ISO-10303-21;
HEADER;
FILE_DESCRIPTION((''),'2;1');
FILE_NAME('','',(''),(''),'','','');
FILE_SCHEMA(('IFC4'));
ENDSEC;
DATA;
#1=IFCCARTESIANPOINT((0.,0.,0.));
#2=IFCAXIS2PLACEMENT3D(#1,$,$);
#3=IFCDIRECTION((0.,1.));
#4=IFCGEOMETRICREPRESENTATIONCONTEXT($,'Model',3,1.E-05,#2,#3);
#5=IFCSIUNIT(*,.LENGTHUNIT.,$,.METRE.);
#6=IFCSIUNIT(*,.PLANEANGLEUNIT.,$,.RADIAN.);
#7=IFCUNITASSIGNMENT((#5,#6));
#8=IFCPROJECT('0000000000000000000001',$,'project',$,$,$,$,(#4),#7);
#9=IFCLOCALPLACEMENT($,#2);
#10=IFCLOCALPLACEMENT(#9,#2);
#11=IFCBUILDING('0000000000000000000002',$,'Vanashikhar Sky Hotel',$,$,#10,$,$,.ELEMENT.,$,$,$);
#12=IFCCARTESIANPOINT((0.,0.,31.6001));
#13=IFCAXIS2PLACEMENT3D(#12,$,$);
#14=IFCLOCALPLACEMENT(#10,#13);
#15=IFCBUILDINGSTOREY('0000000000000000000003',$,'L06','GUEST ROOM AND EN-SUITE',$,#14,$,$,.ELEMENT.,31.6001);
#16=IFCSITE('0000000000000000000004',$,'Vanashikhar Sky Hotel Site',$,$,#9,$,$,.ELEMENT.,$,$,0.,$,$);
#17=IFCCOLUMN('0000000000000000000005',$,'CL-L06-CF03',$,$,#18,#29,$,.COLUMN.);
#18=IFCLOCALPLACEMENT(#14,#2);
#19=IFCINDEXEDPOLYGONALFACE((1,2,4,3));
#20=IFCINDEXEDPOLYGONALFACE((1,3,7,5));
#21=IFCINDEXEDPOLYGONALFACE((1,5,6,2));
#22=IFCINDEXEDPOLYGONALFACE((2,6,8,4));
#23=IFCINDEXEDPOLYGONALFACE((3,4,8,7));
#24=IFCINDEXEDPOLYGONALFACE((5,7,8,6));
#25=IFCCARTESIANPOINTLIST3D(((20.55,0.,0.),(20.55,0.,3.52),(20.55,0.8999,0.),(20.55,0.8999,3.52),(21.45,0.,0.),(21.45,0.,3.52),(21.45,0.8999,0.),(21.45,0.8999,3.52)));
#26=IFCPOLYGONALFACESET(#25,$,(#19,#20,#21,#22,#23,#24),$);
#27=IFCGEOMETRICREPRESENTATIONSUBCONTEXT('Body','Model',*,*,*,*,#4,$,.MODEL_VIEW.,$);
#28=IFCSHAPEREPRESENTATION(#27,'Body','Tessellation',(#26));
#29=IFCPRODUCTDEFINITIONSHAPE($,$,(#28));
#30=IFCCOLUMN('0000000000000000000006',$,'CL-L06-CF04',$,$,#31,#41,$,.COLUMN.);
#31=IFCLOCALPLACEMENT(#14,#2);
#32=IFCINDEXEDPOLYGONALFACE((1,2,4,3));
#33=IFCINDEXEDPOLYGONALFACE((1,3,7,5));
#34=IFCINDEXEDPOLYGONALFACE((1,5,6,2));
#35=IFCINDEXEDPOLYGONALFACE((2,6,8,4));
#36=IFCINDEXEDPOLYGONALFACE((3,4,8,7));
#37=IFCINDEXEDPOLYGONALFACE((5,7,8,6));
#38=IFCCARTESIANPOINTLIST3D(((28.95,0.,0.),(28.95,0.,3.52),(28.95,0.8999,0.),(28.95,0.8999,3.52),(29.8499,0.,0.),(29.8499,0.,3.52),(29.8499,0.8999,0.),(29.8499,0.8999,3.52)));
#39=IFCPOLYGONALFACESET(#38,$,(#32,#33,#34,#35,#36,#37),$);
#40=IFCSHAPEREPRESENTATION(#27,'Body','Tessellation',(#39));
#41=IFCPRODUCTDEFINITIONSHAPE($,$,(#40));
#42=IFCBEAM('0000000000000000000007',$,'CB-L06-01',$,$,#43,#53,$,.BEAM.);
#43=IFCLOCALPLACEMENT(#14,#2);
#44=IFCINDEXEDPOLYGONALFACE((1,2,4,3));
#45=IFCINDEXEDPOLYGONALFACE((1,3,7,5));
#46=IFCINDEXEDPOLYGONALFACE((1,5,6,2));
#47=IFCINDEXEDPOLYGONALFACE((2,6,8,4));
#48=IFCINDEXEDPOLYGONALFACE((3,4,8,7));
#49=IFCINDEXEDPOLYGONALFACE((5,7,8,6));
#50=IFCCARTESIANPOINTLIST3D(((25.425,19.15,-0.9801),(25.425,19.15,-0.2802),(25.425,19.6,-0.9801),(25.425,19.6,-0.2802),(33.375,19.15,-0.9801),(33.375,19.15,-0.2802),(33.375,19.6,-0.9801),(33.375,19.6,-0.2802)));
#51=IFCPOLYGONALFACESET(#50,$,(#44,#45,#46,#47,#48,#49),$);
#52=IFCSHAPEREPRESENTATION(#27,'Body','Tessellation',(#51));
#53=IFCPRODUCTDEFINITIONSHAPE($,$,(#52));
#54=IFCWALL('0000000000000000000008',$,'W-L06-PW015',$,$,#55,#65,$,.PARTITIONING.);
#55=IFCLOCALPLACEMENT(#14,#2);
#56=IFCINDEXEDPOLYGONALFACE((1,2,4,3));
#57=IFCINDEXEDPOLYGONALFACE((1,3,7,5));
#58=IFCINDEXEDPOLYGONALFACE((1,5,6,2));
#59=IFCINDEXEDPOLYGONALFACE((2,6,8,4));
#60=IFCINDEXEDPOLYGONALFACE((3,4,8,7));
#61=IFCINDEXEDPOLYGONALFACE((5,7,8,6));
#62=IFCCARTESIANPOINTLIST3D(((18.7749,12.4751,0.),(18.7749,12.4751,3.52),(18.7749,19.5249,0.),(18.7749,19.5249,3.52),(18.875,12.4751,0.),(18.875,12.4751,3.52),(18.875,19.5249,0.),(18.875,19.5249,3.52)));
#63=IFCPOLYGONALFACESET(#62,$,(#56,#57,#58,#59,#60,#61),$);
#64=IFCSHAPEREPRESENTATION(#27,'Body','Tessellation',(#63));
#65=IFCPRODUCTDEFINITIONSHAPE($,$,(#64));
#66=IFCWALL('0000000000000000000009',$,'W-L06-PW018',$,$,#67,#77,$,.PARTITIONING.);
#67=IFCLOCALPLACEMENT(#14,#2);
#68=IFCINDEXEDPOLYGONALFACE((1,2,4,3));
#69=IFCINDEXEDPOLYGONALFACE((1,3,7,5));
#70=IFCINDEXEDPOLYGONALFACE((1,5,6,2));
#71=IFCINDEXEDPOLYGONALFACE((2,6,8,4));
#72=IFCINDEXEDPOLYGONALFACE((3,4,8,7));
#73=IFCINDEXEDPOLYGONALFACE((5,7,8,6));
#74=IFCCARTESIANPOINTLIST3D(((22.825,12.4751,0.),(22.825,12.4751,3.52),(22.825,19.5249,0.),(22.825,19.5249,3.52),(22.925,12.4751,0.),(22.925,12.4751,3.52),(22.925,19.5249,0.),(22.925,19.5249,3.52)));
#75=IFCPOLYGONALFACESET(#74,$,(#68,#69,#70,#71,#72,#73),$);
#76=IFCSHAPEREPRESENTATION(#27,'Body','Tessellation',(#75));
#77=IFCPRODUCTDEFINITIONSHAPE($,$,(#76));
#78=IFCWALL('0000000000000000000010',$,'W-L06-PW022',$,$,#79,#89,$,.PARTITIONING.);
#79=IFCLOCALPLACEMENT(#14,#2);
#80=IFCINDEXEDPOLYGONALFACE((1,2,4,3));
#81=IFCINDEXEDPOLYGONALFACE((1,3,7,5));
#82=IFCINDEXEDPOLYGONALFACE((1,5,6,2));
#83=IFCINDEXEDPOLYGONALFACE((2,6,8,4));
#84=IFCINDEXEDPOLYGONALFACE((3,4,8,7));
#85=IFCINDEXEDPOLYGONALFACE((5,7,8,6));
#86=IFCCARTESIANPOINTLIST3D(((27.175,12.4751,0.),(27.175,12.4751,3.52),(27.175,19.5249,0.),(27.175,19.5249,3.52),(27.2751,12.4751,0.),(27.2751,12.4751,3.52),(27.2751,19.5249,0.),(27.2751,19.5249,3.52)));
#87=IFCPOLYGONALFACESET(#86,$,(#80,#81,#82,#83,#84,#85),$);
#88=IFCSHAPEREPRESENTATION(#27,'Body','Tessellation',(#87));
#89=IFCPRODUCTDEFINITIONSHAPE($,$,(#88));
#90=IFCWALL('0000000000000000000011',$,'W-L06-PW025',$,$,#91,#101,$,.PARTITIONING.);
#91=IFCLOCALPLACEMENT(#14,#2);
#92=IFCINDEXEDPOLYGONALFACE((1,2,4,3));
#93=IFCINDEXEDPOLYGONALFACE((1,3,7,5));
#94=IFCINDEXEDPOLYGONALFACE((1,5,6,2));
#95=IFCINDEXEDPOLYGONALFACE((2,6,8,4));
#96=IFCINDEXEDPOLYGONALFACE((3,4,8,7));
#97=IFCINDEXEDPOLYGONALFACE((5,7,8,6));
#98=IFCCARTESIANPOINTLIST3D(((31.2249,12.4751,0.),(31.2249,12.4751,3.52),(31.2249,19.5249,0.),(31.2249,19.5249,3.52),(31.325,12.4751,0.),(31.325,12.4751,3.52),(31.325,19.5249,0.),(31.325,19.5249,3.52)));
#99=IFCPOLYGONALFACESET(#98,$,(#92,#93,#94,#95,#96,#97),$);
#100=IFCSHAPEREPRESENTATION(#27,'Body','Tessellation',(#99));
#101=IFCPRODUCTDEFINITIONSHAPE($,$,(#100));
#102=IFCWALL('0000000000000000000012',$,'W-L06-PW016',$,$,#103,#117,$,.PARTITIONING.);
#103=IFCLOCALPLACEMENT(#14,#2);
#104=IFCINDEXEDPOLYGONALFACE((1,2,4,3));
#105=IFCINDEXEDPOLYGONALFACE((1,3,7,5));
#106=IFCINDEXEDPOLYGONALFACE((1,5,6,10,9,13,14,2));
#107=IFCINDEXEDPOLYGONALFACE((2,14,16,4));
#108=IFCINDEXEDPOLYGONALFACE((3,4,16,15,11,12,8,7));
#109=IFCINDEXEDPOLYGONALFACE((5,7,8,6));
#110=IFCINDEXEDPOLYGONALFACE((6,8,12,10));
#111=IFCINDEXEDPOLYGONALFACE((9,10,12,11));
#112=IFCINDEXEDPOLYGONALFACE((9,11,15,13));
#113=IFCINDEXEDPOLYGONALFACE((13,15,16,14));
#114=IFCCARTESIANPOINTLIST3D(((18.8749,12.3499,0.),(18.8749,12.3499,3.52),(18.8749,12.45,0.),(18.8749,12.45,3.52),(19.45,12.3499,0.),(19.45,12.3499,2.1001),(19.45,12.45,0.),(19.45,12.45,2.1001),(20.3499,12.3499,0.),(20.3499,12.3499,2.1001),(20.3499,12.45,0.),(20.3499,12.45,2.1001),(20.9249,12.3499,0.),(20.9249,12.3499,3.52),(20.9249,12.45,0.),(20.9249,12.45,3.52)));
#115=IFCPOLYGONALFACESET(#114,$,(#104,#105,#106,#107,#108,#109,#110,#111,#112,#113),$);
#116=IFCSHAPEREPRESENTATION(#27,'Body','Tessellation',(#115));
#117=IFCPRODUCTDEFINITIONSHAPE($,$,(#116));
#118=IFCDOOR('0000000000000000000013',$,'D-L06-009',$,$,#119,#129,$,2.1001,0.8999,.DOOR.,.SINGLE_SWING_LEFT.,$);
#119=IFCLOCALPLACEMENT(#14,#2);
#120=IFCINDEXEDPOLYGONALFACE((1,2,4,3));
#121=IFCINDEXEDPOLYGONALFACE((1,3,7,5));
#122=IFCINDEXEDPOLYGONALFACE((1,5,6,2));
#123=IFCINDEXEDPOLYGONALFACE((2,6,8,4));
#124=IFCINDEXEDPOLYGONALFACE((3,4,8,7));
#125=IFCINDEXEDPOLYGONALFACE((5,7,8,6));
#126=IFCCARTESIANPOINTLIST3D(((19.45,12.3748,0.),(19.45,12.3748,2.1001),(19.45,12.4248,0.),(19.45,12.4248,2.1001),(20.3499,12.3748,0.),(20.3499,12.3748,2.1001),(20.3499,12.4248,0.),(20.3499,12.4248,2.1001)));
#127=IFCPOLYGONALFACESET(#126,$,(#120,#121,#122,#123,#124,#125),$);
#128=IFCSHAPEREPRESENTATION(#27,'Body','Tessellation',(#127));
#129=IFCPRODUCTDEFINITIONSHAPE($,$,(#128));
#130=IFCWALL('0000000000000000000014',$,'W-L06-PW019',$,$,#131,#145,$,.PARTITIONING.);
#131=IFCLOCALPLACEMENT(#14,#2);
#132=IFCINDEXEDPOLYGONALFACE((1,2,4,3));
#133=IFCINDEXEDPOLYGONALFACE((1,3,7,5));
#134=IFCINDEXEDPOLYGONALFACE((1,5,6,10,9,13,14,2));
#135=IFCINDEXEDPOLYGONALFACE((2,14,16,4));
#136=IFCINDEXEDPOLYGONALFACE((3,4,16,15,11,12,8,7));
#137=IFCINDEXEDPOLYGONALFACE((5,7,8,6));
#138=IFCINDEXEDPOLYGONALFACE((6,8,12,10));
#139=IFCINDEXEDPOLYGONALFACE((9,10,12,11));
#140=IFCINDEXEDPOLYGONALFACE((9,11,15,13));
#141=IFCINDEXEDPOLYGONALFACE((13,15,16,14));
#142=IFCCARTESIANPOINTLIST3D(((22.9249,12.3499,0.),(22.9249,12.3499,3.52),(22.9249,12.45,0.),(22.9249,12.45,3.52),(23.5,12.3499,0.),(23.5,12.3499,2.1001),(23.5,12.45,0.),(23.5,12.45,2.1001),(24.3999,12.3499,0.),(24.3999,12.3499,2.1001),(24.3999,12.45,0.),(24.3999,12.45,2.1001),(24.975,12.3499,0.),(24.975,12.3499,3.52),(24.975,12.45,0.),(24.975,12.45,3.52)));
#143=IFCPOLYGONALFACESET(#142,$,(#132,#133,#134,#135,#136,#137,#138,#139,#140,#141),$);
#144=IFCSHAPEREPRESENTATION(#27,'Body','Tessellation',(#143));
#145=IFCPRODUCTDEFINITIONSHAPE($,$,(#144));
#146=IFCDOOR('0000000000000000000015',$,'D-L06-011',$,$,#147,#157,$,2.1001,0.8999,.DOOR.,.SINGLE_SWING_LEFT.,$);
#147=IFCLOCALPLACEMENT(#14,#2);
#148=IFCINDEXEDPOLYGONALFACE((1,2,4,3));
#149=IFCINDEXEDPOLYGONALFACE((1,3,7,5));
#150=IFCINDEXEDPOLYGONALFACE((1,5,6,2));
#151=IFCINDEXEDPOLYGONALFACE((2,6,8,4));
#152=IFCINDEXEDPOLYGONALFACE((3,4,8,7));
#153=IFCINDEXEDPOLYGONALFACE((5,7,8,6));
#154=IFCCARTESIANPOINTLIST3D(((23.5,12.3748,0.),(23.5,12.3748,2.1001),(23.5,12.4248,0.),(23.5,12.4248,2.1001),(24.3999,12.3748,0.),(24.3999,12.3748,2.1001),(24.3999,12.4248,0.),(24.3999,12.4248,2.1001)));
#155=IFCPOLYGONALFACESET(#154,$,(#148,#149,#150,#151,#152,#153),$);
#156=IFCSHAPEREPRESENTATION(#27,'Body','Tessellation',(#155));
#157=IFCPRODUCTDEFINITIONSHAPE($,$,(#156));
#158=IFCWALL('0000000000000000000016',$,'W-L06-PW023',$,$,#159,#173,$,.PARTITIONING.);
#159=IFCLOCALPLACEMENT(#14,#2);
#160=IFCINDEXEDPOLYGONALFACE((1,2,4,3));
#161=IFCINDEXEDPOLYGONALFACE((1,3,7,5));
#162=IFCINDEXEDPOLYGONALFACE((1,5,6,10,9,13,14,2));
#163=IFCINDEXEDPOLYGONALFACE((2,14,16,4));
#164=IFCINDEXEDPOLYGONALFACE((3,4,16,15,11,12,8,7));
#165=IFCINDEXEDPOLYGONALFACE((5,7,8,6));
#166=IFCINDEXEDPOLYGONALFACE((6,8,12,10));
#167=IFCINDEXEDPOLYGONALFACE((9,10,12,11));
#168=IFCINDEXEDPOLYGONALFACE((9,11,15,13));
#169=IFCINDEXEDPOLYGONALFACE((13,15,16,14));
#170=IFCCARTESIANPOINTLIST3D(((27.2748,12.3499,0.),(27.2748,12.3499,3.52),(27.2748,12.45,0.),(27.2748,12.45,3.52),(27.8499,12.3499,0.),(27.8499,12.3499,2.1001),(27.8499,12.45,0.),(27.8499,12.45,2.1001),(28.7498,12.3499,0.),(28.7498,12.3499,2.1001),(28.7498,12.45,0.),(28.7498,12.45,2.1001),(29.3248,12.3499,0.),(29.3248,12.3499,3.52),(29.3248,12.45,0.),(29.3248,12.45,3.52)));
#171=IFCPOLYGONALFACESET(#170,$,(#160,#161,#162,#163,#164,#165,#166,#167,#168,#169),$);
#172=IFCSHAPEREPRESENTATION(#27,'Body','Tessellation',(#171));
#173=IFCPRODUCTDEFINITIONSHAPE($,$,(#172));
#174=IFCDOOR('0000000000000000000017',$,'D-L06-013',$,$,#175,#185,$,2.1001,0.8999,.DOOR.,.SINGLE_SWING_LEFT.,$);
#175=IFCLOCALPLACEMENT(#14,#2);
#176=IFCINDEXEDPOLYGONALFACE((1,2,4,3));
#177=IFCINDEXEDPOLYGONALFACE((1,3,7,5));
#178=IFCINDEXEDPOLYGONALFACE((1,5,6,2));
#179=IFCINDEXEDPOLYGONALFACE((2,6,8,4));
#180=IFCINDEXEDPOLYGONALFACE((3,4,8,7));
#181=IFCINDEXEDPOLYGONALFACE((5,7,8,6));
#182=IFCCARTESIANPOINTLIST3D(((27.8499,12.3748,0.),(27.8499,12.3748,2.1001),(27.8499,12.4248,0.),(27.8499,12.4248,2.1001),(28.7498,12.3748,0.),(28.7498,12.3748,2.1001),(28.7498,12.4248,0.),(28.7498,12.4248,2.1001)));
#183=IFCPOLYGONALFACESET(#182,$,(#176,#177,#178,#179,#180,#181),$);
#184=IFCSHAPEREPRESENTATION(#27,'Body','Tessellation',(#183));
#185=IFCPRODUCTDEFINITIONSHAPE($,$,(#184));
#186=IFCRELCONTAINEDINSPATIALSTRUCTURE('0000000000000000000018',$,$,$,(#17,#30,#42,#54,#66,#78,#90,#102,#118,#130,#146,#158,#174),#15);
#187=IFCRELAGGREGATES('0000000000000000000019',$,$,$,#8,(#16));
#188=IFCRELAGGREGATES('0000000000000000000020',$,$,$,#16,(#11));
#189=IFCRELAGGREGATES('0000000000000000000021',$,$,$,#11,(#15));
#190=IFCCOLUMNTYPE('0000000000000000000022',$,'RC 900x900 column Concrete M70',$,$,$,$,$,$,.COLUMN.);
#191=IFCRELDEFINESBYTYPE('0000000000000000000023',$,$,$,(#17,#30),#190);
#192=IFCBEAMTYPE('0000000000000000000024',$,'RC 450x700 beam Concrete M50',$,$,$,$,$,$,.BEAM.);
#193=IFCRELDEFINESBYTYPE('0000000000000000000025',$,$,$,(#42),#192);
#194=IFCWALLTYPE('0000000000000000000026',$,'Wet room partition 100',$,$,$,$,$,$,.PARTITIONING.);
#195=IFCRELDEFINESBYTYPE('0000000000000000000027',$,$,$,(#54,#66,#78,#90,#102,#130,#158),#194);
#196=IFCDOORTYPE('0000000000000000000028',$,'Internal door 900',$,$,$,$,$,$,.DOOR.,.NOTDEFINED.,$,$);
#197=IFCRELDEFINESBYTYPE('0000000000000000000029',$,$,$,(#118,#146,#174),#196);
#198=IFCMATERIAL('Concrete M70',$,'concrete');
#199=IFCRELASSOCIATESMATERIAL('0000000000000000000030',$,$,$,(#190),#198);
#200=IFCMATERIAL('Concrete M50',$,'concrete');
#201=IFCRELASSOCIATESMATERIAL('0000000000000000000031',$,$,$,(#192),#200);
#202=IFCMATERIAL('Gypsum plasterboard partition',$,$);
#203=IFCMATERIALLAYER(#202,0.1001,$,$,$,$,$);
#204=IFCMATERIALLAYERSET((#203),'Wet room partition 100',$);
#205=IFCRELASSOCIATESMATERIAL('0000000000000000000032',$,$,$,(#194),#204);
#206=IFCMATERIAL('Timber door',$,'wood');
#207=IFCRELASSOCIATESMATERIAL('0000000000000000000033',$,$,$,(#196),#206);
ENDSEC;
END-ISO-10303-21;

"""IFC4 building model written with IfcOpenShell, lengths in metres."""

from ifc_helpers import new_model, si_unit, direction, frame, frame_2d, origin, origin_2d, place, context, subcontext, project, spatial, rectangle, extrude, source, transform, mapped, material, layer, layer_set, material_profile, profile_set, type_object, element, fill, save


model = new_model("IFC4")

# Units and contexts
model_context = context("Model", 3, precision=1e-05, world=origin(), true_north=direction((0.0, 1.0)))
body_context = subcontext(model_context, "Body", "Model", "MODEL_VIEW")
ifc_project = project(units=[si_unit("LENGTHUNIT", "METRE"), si_unit("PLANEANGLEUNIT", "RADIAN")], contexts=[model_context])

# Site, building, storey
site_placement = place(None, origin())
site = spatial("IfcSite", under=ifc_project, at=site_placement, Name="Vanashikhar Sky Hotel Site", CompositionType="ELEMENT", RefElevation=0.0)
building_placement = place(site_placement, origin())
building = spatial("IfcBuilding", under=site, at=building_placement, Name="Vanashikhar Sky Hotel", CompositionType="ELEMENT")
storey_placement = place(building_placement, frame((0.0, 0.0, 31.6001)))
storey = spatial("IfcBuildingStorey", under=building, at=storey_placement, Name="L06", Description="GUEST ROOM AND EN-SUITE", CompositionType="ELEMENT", Elevation=31.6001)

# Columns
ifc_material_1 = material(Name="Concrete M70", Category="concrete")
ifc_material_profile_1 = material_profile(ifc_material_1, rectangle(XDim=0.8999, YDim=0.8999, at=origin_2d()))
ifc_profile_set_1 = profile_set([ifc_material_profile_1], Name="RC 900x900 column Concrete M70")
column_type = type_object("IfcColumnType", Name="RC 900x900 column Concrete M70", PredefinedType="COLUMN", material=ifc_profile_set_1)
shared_shape_1 = source(origin(), body_context, "Body", "SweptSolid", [
    extrude(rectangle(XDim=0.8999, YDim=0.8999, at=origin_2d()), origin(), (0.0, 0.0, 1.0), 3.52),
])
for number, where, z_axis, x_axis, name in (
    (1, (21.0, 0.45, 0.0), (0.0, 0.0, 1.0), (1.0, 0.0, 0.0), "CL-L06-CF03"),
    (2, (29.3999, 0.45, 0.0), (0.0, 0.0, 1.0), (1.0, 0.0, 0.0), "CL-L06-CF04"),
):
    element("IfcColumn", number, at=place(storey_placement, frame(where, z_axis=z_axis, x_axis=x_axis)), inside=storey, type_object=column_type, Name=name, PredefinedType="COLUMN", context=body_context, shape_type="MappedRepresentation", body=[
        mapped(shared_shape_1, transform((0.0, 0.0, 0.0), scale=1.0)),
    ])

# Beam
ifc_material_2 = material(Name="Concrete M50", Category="concrete")
ifc_material_profile_2 = material_profile(ifc_material_2, rectangle(XDim=0.45, YDim=0.7, at=origin_2d()))
ifc_profile_set_2 = profile_set([ifc_material_profile_2], Name="RC 450x700 beam Concrete M50")
beam_type = type_object("IfcBeamType", Name="RC 450x700 beam Concrete M50", PredefinedType="BEAM", material=ifc_profile_set_2)
shared_shape_2 = source(origin(), body_context, "Body", "SweptSolid", [
    extrude(rectangle(XDim=0.45, YDim=0.7, at=origin_2d()), origin(), (0.0, 0.0, 1.0), 7.95),
])
beam_placement = place(storey_placement, frame((25.425, 19.375, -0.6301), z_axis=(1.0, 0.0, 0.0), x_axis=(0.0, 1.0, 0.0)))
element("IfcBeam", 3, at=beam_placement, inside=storey, type_object=beam_type, Name="CB-L06-01", PredefinedType="BEAM", context=body_context, shape_type="MappedRepresentation", body=[
    mapped(shared_shape_2, transform((0.0, 0.0, 0.0), scale=1.0)),
])

# Walls
ifc_material_3 = material(Name="Gypsum plasterboard partition")
ifc_layer_1 = layer(ifc_material_3, 0.1001)
ifc_layer_set_1 = layer_set([ifc_layer_1], Name="Wet room partition 100")
wall_type_1 = type_object("IfcWallType", Name="Wet room partition 100", PredefinedType="PARTITIONING", material=ifc_layer_set_1)
shared_shape_3 = source(origin(), body_context, "Body", "SweptSolid", [
    extrude(rectangle(XDim=7.0498, YDim=0.1001, at=frame_2d((3.5249, 0.0))), origin(), (0.0, 0.0, 1.0), 3.52),
])
for number, where, z_axis, x_axis, name in (
    (4, (18.825, 12.4751, 0.0), (0.0, 0.0, 1.0), (0.0, 1.0, 0.0), "W-L06-PW015"),
    (5, (22.875, 12.4751, 0.0), (0.0, 0.0, 1.0), (0.0, 1.0, 0.0), "W-L06-PW018"),
    (6, (27.2251, 12.4751, 0.0), (0.0, 0.0, 1.0), (0.0, 1.0, 0.0), "W-L06-PW022"),
    (7, (31.2749, 12.4751, 0.0), (0.0, 0.0, 1.0), (0.0, 1.0, 0.0), "W-L06-PW025"),
):
    element("IfcWall", number, at=place(storey_placement, frame(where, z_axis=z_axis, x_axis=x_axis)), inside=storey, type_object=wall_type_1, Name=name, PredefinedType="PARTITIONING", context=body_context, shape_type="MappedRepresentation", body=[
        mapped(shared_shape_3, transform((0.0, 0.0, 0.0), scale=1.0)),
    ])

# Walls, openings, doors
shared_shape_4 = source(origin(), body_context, "Body", "SweptSolid", [
    extrude(rectangle(XDim=2.05, YDim=0.1001, at=frame_2d((1.0249, 0.0))), origin(), (0.0, 0.0, 1.0), 3.52),
])
wall_1_placement = place(storey_placement, frame((18.875, 12.3999, 0.0), z_axis=(0.0, 0.0, 1.0), x_axis=(1.0, 0.0, 0.0)))
wall_1 = element("IfcWall", 8, at=wall_1_placement, inside=storey, type_object=wall_type_1, Name="W-L06-PW016", PredefinedType="PARTITIONING", context=body_context, shape_type="MappedRepresentation", body=[
    mapped(shared_shape_4, transform((0.0, 0.0, 0.0), scale=1.0)),
])
shared_shape_5 = source(origin(), body_context, "Body", "SweptSolid", [
    extrude(rectangle(XDim=0.8999, YDim=2.1001, at=frame_2d((0.45, 1.05))), frame((0.0, 0.0601, 0.0), z_axis=(0.0, -1.0, 0.0), x_axis=(1.0, 0.0, 0.0)), (0.0, 0.0, 1.0), 0.1201),
])
opening_1_placement = place(wall_1_placement, frame((0.575, 0.0, 0.0)))
opening_1 = element("IfcOpeningElement", 9, at=opening_1_placement, cuts=wall_1, PredefinedType="OPENING", context=body_context, shape_type="MappedRepresentation", body=[
    mapped(shared_shape_5, transform((0.0, 0.0, 0.0), scale=1.0)),
])
ifc_material_4 = material(Name="Timber door", Category="wood")
door_type_1 = type_object("IfcDoorType", Name="Internal door 900", OperationType="NOTDEFINED", PredefinedType="DOOR", material=ifc_material_4)
shared_shape_6 = source(origin(), body_context, "Body", "SweptSolid", [
    extrude(rectangle(XDim=0.8999, YDim=2.1001, at=frame_2d((0.45, 1.05))), frame((0.0, 0.0249, 0.0), z_axis=(0.0, -1.0, 0.0), x_axis=(1.0, 0.0, 0.0)), (0.0, 0.0, 1.0), 0.05),
])
door_1_placement = place(opening_1_placement, origin())
door_1 = element("IfcDoor", 10, at=door_1_placement, inside=storey, type_object=door_type_1, Name="D-L06-009", OperationType="SINGLE_SWING_LEFT", OverallHeight=2.1001, OverallWidth=0.8999, PredefinedType="DOOR", context=body_context, shape_type="MappedRepresentation", body=[
    mapped(shared_shape_6, transform((0.0, 0.0, 0.0), scale=1.0)),
])
fill(opening_1, door_1)
wall_2_placement = place(storey_placement, frame((22.925, 12.3999, 0.0), z_axis=(0.0, 0.0, 1.0), x_axis=(1.0, 0.0, 0.0)))
wall_2 = element("IfcWall", 11, at=wall_2_placement, inside=storey, type_object=wall_type_1, Name="W-L06-PW019", PredefinedType="PARTITIONING", context=body_context, shape_type="MappedRepresentation", body=[
    mapped(shared_shape_4, transform((0.0, 0.0, 0.0), scale=1.0)),
])
opening_2_placement = place(wall_2_placement, frame((0.575, 0.0, 0.0)))
opening_2 = element("IfcOpeningElement", 12, at=opening_2_placement, cuts=wall_2, PredefinedType="OPENING", context=body_context, shape_type="MappedRepresentation", body=[
    mapped(shared_shape_5, transform((0.0, 0.0, 0.0), scale=1.0)),
])
door_2_placement = place(opening_2_placement, origin())
door_2 = element("IfcDoor", 13, at=door_2_placement, inside=storey, type_object=door_type_1, Name="D-L06-011", OperationType="SINGLE_SWING_LEFT", OverallHeight=2.1001, OverallWidth=0.8999, PredefinedType="DOOR", context=body_context, shape_type="MappedRepresentation", body=[
    mapped(shared_shape_6, transform((0.0, 0.0, 0.0), scale=1.0)),
])
fill(opening_2, door_2)
wall_3_placement = place(storey_placement, frame((27.2749, 12.3999, 0.0), z_axis=(0.0, 0.0, 1.0), x_axis=(1.0, 0.0, 0.0)))
wall_3 = element("IfcWall", 14, at=wall_3_placement, inside=storey, type_object=wall_type_1, Name="W-L06-PW023", PredefinedType="PARTITIONING", context=body_context, shape_type="MappedRepresentation", body=[
    mapped(shared_shape_4, transform((0.0, 0.0, 0.0), scale=1.0)),
])
opening_3_placement = place(wall_3_placement, frame((0.575, 0.0, 0.0)))
opening_3 = element("IfcOpeningElement", 15, at=opening_3_placement, cuts=wall_3, PredefinedType="OPENING", context=body_context, shape_type="MappedRepresentation", body=[
    mapped(shared_shape_5, transform((0.0, 0.0, 0.0), scale=1.0)),
])
door_3_placement = place(opening_3_placement, origin())
door_3 = element("IfcDoor", 16, at=door_3_placement, inside=storey, type_object=door_type_1, Name="D-L06-013", OperationType="SINGLE_SWING_LEFT", OverallHeight=2.1001, OverallWidth=0.8999, PredefinedType="DOOR", context=body_context, shape_type="MappedRepresentation", body=[
    mapped(shared_shape_6, transform((0.0, 0.0, 0.0), scale=1.0)),
])
fill(opening_3, door_3)

save(model, "model.ifc")
